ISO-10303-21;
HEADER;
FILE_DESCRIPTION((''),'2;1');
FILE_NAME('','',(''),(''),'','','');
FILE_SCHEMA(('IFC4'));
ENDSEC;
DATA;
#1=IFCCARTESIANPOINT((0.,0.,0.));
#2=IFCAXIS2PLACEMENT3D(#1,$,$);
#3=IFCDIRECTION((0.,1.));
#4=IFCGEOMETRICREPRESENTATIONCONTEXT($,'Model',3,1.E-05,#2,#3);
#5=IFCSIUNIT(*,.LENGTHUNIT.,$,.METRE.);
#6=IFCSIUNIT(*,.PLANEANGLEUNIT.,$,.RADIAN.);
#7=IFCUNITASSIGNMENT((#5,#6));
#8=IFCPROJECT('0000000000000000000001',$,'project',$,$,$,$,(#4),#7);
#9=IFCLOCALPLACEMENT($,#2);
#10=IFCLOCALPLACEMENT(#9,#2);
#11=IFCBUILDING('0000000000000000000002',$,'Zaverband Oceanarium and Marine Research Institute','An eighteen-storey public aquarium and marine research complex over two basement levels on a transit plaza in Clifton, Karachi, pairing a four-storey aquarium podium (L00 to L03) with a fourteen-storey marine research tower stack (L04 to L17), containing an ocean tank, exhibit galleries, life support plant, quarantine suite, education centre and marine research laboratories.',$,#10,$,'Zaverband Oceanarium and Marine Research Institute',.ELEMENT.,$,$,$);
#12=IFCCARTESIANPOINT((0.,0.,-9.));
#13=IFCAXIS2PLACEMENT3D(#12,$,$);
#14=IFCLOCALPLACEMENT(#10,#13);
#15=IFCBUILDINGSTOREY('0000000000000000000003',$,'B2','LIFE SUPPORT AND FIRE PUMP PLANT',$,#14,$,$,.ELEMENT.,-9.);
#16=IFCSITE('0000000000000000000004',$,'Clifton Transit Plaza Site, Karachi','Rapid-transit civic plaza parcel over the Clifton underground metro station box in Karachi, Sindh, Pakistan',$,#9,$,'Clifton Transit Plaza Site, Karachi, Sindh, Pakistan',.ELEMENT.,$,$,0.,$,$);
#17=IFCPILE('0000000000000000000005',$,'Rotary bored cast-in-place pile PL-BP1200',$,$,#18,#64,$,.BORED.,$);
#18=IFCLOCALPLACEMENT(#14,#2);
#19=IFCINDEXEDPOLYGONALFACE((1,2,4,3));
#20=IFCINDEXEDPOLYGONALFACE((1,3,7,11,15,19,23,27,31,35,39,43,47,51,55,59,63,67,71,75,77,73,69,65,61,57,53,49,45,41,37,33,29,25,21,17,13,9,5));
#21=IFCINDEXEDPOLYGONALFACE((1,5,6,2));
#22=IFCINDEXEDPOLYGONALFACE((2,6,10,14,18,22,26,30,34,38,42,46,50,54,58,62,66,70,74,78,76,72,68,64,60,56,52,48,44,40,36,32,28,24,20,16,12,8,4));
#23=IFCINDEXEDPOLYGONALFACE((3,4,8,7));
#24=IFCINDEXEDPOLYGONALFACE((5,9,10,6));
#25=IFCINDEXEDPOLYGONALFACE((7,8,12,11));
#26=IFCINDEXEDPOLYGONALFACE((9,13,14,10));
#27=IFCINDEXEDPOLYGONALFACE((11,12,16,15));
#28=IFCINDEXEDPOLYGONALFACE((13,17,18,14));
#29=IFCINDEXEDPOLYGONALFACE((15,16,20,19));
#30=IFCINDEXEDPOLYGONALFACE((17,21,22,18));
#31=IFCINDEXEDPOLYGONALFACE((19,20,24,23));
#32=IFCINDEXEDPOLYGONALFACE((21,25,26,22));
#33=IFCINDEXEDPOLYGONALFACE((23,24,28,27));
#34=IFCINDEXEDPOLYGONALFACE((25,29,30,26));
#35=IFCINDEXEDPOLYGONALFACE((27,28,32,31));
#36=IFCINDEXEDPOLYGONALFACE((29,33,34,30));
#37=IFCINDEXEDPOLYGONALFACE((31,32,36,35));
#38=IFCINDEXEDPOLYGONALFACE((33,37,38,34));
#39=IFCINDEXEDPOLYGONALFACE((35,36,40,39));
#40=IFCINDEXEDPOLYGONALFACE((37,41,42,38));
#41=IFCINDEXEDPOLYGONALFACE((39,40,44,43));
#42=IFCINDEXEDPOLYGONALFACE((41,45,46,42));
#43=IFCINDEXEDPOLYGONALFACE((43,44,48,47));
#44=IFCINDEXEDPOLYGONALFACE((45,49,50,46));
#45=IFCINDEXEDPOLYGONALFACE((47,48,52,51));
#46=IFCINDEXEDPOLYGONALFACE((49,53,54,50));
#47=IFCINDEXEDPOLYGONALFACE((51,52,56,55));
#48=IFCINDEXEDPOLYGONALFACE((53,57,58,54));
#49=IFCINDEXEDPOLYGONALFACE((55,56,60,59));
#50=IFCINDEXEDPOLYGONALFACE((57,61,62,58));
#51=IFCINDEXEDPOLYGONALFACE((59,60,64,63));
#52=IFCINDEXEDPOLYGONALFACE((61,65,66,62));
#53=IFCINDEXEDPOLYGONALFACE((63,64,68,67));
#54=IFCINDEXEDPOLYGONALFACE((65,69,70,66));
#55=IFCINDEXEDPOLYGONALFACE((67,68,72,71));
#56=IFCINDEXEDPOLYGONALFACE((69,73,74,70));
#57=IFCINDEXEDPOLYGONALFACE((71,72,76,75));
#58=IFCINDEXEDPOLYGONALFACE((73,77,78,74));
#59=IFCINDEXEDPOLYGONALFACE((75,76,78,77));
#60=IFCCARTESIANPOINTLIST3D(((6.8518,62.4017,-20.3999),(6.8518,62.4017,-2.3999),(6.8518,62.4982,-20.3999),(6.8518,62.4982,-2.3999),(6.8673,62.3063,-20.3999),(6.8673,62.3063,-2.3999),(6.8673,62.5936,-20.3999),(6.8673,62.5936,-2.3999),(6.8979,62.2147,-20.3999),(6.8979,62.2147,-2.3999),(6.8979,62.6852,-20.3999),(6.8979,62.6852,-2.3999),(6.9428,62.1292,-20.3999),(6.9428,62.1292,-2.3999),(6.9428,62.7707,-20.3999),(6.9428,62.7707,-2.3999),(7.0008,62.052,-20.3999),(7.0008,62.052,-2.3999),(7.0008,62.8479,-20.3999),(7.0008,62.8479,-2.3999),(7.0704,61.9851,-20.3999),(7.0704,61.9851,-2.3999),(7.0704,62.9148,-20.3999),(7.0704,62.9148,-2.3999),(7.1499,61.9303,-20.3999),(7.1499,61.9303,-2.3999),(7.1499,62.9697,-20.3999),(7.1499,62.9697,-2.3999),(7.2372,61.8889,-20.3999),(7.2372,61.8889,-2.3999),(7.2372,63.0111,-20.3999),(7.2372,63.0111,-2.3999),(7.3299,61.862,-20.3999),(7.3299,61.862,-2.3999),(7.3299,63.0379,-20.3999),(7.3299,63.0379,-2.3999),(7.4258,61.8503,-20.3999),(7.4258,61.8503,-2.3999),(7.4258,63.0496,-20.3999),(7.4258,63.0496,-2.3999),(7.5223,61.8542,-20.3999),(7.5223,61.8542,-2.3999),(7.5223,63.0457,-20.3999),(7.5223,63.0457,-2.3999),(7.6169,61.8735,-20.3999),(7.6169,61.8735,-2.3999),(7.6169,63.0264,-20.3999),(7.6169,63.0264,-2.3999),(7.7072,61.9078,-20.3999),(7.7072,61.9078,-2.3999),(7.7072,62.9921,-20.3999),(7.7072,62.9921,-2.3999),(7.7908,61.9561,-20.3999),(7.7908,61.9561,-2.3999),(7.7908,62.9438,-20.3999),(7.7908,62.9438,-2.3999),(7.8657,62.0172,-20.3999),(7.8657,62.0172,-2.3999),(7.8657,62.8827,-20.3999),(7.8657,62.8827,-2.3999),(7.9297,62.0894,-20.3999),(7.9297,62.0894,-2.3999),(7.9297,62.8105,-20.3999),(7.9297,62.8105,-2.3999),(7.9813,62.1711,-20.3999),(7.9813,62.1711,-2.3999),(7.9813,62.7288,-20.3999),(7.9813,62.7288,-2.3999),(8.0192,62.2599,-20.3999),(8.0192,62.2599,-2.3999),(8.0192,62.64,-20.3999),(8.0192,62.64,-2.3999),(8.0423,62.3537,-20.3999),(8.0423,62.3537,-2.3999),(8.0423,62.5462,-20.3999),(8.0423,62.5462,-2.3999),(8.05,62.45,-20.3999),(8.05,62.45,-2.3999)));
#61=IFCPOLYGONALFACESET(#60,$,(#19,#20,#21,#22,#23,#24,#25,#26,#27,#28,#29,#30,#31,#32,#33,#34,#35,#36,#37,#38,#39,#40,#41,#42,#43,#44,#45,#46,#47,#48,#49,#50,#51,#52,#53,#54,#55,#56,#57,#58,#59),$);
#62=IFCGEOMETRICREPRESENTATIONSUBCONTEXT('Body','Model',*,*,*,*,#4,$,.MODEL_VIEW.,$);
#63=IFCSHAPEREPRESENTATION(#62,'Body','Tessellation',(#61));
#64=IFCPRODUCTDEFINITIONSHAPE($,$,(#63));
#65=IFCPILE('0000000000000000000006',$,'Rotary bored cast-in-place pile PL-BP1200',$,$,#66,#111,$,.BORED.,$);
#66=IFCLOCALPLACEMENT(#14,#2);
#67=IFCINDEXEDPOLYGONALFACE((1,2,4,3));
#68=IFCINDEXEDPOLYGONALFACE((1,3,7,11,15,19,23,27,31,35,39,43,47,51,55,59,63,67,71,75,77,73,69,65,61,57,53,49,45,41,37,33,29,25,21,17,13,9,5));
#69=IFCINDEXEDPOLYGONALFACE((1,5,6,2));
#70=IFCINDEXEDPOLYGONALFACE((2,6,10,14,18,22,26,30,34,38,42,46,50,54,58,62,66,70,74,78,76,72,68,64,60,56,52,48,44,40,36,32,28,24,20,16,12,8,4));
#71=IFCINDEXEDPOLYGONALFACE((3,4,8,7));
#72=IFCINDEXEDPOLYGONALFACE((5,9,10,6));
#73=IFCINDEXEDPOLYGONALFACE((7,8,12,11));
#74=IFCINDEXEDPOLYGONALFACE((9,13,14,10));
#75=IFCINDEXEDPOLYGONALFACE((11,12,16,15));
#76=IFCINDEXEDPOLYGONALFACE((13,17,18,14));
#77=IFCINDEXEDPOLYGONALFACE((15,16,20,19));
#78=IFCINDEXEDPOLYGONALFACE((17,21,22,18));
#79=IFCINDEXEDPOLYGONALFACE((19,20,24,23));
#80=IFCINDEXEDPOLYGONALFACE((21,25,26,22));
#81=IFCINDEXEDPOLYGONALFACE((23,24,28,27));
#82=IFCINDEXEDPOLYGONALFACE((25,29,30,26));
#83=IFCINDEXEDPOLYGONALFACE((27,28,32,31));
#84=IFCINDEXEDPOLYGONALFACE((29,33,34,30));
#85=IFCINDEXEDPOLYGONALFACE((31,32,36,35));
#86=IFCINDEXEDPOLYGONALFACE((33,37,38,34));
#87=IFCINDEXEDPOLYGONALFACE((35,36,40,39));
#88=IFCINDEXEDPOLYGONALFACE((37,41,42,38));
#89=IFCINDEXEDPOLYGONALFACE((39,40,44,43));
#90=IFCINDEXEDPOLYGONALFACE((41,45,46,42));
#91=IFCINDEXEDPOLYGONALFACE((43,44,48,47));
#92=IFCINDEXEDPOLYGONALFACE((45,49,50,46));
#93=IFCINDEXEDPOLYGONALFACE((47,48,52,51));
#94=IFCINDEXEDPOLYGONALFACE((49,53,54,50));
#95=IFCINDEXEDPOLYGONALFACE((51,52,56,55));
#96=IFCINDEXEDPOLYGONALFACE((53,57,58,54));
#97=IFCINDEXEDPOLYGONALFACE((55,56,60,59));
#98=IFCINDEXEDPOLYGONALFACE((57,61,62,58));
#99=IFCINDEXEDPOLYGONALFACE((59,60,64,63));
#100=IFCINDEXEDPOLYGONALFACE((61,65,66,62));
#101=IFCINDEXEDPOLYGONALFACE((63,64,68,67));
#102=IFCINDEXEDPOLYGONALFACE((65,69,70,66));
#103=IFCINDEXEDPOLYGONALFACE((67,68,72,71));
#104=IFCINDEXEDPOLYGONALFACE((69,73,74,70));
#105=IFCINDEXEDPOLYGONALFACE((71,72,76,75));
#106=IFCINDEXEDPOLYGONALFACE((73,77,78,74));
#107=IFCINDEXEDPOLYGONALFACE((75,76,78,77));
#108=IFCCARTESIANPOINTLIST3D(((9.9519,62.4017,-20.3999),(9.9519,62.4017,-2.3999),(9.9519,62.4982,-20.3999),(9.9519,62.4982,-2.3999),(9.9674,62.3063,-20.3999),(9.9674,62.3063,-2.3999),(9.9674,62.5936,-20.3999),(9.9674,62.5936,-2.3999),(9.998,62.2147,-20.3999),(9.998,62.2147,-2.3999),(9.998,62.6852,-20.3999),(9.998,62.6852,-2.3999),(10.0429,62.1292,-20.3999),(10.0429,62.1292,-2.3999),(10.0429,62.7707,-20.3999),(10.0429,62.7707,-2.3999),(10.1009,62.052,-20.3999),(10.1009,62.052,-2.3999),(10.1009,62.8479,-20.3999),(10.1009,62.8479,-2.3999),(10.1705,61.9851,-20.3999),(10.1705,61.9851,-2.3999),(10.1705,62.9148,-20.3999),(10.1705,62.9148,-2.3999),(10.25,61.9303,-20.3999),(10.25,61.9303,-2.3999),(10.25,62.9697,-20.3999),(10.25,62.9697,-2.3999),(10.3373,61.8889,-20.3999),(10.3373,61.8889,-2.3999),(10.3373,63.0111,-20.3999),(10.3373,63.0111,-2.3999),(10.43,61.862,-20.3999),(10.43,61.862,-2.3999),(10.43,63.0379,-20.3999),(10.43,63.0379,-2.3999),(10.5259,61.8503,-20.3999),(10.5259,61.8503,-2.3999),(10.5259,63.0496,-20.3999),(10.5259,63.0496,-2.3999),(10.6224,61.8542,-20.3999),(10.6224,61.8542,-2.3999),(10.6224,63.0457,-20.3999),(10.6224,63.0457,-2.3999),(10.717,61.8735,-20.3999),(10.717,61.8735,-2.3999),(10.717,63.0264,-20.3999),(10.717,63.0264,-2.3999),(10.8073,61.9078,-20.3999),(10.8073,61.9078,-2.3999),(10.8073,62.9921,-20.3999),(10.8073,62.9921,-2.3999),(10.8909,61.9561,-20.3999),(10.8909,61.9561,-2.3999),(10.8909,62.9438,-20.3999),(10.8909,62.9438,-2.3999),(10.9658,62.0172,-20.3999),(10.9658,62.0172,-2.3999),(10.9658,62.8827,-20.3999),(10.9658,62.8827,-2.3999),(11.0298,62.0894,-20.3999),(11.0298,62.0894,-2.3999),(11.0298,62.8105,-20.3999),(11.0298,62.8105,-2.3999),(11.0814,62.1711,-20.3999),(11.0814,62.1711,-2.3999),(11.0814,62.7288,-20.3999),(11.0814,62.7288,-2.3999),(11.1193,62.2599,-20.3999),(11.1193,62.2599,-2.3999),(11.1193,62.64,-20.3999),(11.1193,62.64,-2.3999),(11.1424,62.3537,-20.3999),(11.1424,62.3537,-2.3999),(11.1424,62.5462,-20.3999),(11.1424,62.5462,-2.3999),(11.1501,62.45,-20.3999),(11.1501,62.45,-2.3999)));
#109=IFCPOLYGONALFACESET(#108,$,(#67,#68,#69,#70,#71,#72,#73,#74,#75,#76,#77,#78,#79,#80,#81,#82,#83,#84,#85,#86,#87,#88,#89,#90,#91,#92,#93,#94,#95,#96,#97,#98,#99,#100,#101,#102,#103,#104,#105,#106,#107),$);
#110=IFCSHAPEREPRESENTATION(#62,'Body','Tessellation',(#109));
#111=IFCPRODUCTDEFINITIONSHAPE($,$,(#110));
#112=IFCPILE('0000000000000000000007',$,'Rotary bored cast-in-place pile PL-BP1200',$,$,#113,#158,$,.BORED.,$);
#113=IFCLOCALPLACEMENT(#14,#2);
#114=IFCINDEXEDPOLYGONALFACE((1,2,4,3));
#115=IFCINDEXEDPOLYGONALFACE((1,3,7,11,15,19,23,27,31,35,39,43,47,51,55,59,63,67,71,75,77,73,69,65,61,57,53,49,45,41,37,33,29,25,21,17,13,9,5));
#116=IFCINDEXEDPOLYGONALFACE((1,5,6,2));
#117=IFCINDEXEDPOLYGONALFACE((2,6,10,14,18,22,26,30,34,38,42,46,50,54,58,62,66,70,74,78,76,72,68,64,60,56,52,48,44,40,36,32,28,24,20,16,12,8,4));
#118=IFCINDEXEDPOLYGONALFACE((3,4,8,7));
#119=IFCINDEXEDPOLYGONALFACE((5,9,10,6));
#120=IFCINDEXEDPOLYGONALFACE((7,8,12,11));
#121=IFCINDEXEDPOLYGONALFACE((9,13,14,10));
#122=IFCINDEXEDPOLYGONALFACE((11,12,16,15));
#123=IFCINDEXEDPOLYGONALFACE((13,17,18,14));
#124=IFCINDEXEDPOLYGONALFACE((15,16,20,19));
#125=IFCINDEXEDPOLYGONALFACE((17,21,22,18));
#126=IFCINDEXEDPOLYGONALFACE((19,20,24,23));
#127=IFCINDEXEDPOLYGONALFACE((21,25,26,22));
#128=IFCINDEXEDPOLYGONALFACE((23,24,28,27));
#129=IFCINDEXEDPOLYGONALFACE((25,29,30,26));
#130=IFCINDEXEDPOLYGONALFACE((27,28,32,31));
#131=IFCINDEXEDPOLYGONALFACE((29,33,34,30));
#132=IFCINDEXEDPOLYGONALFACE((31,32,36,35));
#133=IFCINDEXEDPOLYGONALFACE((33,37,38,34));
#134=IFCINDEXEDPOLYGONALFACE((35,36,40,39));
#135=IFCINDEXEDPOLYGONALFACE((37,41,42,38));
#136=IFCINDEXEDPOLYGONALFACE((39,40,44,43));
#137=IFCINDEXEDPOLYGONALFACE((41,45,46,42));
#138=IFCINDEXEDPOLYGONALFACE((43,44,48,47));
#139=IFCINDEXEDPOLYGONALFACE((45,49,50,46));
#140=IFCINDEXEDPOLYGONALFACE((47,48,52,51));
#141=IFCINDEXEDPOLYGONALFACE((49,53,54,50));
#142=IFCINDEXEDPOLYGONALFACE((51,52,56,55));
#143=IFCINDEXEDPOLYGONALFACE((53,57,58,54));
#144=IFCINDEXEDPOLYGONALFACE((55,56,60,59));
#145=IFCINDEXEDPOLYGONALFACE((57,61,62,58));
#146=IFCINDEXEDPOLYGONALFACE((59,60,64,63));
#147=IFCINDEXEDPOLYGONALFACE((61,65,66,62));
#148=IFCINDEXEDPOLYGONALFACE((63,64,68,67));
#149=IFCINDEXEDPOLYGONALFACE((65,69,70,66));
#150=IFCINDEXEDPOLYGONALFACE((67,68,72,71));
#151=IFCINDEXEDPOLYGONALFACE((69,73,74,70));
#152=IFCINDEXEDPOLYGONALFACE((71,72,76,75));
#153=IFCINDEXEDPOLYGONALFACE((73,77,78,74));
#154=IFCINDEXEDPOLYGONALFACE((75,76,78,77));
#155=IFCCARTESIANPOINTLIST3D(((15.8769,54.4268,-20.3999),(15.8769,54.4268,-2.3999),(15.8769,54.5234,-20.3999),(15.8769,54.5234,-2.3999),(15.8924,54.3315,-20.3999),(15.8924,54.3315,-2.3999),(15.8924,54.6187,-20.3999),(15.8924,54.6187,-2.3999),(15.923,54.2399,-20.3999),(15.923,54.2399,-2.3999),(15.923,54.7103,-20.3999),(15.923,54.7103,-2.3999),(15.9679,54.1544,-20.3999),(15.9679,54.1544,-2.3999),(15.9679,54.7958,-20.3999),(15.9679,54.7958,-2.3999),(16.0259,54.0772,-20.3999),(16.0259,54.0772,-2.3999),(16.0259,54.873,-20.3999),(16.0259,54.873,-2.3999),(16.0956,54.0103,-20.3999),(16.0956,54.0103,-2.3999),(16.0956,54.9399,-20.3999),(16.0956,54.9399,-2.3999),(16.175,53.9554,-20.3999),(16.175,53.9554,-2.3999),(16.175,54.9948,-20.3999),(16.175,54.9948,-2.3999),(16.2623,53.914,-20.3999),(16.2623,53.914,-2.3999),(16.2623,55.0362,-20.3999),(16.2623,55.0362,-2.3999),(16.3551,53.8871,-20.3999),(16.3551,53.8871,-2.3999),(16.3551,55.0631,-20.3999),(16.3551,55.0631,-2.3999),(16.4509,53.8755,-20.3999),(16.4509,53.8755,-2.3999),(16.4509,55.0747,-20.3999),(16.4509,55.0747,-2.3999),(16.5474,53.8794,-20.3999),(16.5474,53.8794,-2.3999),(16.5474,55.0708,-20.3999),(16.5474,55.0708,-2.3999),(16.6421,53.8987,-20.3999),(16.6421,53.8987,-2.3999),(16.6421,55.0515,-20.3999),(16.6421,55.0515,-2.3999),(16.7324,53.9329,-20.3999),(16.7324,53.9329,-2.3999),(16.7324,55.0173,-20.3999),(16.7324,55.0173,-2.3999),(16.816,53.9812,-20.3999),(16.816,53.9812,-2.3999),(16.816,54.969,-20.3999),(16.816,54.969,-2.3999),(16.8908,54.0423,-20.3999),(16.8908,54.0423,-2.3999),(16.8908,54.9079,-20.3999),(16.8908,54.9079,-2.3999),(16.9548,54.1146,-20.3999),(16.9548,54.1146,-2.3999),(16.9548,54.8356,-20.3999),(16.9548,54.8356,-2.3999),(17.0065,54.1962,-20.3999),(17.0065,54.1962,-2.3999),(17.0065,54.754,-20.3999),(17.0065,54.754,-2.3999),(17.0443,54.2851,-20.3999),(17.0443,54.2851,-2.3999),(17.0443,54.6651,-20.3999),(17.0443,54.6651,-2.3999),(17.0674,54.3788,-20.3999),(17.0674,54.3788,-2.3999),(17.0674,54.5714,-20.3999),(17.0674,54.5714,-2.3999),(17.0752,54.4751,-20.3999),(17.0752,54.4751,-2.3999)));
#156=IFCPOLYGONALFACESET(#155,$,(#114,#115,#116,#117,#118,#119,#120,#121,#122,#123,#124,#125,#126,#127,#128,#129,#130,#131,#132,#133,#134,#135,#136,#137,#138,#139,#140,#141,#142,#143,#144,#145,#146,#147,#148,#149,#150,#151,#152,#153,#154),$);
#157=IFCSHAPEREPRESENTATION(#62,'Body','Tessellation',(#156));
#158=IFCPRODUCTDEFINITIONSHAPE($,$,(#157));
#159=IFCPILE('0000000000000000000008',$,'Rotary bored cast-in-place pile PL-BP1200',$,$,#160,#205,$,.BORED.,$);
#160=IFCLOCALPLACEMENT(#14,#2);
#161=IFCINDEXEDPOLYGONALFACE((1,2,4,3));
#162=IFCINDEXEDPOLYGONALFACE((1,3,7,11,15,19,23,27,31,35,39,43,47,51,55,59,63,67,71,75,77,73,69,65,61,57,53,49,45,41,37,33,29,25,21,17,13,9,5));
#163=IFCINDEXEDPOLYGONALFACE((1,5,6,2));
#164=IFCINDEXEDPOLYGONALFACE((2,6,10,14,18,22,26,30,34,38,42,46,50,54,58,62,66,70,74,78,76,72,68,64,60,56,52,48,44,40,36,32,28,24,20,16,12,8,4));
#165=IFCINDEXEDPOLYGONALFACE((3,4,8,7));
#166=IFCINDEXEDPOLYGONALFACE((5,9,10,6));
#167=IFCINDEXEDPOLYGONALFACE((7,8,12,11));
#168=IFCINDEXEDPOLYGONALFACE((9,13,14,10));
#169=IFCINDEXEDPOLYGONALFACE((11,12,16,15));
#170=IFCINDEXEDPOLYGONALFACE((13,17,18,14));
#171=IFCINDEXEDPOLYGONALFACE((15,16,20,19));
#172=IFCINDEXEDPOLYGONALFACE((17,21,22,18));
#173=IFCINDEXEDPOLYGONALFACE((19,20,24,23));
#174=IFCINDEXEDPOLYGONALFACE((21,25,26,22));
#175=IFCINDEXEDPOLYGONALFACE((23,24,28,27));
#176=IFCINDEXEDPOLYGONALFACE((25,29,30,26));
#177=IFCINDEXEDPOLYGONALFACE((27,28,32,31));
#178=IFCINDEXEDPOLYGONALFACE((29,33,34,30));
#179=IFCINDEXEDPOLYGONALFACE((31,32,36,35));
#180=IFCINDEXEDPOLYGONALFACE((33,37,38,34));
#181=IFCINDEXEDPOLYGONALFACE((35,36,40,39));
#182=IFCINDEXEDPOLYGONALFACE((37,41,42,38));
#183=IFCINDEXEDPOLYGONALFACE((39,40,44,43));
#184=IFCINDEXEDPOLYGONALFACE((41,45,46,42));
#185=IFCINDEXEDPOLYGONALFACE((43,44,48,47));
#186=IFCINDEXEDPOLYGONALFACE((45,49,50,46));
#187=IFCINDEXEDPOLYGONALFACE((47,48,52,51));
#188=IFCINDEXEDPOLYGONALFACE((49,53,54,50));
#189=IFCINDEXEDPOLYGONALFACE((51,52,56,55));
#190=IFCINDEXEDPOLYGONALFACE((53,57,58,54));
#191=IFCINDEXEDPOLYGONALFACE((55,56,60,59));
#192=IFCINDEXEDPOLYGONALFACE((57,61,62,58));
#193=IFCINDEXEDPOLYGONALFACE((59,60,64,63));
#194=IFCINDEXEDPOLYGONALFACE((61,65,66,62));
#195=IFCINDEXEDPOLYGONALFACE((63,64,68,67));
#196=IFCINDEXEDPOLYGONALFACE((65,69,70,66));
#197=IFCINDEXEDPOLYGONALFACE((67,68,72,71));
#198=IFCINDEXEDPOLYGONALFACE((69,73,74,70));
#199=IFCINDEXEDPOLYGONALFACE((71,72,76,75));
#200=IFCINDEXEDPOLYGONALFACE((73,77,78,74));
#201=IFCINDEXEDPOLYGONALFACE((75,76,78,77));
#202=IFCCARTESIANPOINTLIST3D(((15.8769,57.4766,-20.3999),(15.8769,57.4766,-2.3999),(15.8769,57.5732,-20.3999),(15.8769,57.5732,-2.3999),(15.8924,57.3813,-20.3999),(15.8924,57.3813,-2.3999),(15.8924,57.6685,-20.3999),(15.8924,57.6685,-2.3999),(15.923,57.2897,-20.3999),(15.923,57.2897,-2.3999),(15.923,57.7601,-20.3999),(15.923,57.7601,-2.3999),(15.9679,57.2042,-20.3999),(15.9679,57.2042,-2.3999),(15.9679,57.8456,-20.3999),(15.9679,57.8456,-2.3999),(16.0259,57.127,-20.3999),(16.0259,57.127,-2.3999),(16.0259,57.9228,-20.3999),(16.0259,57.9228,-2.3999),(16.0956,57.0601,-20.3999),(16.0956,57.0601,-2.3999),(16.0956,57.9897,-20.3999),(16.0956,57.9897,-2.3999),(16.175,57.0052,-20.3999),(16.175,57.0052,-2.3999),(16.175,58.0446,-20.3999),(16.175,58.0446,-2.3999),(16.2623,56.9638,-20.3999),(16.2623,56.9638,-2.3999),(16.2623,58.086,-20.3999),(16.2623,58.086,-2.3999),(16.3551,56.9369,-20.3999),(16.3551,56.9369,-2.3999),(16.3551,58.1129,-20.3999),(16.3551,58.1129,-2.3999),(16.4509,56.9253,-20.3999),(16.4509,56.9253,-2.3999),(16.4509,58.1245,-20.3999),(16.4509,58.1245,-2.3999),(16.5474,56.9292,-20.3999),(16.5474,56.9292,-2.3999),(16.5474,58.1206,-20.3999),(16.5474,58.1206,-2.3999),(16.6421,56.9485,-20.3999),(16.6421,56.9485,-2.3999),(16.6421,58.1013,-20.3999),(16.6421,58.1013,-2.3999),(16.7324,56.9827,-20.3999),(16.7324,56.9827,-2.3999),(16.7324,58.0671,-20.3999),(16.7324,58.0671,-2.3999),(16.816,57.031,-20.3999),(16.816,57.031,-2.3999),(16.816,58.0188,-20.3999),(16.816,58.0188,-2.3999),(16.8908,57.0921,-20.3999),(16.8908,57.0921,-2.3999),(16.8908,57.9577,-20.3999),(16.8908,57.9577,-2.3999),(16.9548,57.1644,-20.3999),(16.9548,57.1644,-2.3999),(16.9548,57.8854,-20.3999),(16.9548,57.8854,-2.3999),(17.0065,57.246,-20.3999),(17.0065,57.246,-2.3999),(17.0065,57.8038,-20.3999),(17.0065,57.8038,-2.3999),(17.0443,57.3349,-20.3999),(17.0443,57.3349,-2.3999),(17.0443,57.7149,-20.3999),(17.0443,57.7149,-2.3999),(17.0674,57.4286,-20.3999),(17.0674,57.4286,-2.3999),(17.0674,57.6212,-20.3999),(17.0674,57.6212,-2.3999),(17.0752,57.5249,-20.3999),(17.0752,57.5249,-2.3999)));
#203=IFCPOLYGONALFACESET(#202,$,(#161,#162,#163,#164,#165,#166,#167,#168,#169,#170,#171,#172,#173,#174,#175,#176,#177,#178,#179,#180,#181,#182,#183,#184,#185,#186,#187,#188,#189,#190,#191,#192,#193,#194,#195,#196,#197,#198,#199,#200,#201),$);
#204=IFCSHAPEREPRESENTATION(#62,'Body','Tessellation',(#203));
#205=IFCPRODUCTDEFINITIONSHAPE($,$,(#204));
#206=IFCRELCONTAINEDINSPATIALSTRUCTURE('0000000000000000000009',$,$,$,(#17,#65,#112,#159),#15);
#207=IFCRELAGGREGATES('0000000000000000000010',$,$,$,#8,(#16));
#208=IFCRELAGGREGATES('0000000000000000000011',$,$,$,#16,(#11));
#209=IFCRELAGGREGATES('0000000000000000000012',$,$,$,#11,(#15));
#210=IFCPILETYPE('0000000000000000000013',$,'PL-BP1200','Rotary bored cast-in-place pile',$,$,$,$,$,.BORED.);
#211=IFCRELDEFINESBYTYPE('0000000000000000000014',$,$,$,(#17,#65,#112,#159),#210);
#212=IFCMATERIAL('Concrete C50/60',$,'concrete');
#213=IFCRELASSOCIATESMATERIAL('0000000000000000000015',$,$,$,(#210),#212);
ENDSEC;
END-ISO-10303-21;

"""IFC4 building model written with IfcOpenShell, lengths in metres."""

from ifc_helpers import new_model, si_unit, direction, frame, origin, origin_2d, place, context, subcontext, project, spatial, circle, extrude, material, material_profile, profile_set, type_object, element, save


model = new_model("IFC4")

# Units and contexts
model_context = context("Model", 3, precision=1e-05, world=origin(), true_north=direction((0.0, 1.0)))
body_context = subcontext(model_context, "Body", "Model", "MODEL_VIEW")
ifc_project = project(units=[si_unit("LENGTHUNIT", "METRE"), si_unit("PLANEANGLEUNIT", "RADIAN")], contexts=[model_context])

# Site, building, storey
site_placement = place(None, origin())
site = spatial("IfcSite", under=ifc_project, at=site_placement, Name="Clifton Transit Plaza Site, Karachi", Description="Rapid-transit civic plaza parcel over the Clifton underground metro station box in Karachi, Sindh, Pakistan", LongName="Clifton Transit Plaza Site, Karachi, Sindh, Pakistan", CompositionType="ELEMENT", RefElevation=0.0)
building_placement = place(site_placement, origin())
building = spatial("IfcBuilding", under=site, at=building_placement, Name="Zaverband Oceanarium and Marine Research Institute", Description="An eighteen-storey public aquarium and marine research complex over two basement levels on a transit plaza in Clifton, Karachi, pairing a four-storey aquarium podium (L00 to L03) with a fourteen-storey marine research tower stack (L04 to L17), containing an ocean tank, exhibit galleries, life support plant, quarantine suite, education centre and marine research laboratories.", LongName="Zaverband Oceanarium and Marine Research Institute", CompositionType="ELEMENT")
storey_placement = place(building_placement, frame((0.0, 0.0, -9.0)))
storey = spatial("IfcBuildingStorey", under=building, at=storey_placement, Name="B2", Description="LIFE SUPPORT AND FIRE PUMP PLANT", CompositionType="ELEMENT", Elevation=-9.0)

# Shared definitions
ifc_material_1 = material(Name="Concrete C50/60", Category="concrete")

# Piles
ifc_material_profile_1 = material_profile(ifc_material_1, circle(Radius=0.6001, at=origin_2d()), Name="BP1200")
ifc_profile_set_1 = profile_set([ifc_material_profile_1], Name="Concrete C50/60")
pile_type_1 = type_object("IfcPileType", Name="PL-BP1200", Description="Rotary bored cast-in-place pile", PredefinedType="BORED", material=ifc_profile_set_1)
for number, where, z_axis, x_axis, name in (
    (1, (7.45, 62.45, -2.3999), (0.0, 0.0, -1.0), (1.0, 0.0, 0.0), "Rotary bored cast-in-place pile PL-BP1200"),
    (2, (10.55, 62.45, -2.3999), (0.0, 0.0, -1.0), (1.0, 0.0, 0.0), "Rotary bored cast-in-place pile PL-BP1200"),
    (3, (16.4751, 54.4751, -2.3999), (0.0, 0.0, -1.0), (1.0, 0.0, 0.0), "Rotary bored cast-in-place pile PL-BP1200"),
    (4, (16.4751, 57.5249, -2.3999), (0.0, 0.0, -1.0), (1.0, 0.0, 0.0), "Rotary bored cast-in-place pile PL-BP1200"),
):
    element("IfcPile", number, at=place(storey_placement, frame(where, z_axis=z_axis, x_axis=x_axis)), inside=storey, type_object=pile_type_1, Name=name, PredefinedType="BORED", context=body_context, shape_type="SweptSolid", body=[
        extrude(circle(Radius=0.6001, at=origin_2d()), origin(), (0.0, 0.0, 1.0), 18.0),
    ])

save(model, "model.ifc")
